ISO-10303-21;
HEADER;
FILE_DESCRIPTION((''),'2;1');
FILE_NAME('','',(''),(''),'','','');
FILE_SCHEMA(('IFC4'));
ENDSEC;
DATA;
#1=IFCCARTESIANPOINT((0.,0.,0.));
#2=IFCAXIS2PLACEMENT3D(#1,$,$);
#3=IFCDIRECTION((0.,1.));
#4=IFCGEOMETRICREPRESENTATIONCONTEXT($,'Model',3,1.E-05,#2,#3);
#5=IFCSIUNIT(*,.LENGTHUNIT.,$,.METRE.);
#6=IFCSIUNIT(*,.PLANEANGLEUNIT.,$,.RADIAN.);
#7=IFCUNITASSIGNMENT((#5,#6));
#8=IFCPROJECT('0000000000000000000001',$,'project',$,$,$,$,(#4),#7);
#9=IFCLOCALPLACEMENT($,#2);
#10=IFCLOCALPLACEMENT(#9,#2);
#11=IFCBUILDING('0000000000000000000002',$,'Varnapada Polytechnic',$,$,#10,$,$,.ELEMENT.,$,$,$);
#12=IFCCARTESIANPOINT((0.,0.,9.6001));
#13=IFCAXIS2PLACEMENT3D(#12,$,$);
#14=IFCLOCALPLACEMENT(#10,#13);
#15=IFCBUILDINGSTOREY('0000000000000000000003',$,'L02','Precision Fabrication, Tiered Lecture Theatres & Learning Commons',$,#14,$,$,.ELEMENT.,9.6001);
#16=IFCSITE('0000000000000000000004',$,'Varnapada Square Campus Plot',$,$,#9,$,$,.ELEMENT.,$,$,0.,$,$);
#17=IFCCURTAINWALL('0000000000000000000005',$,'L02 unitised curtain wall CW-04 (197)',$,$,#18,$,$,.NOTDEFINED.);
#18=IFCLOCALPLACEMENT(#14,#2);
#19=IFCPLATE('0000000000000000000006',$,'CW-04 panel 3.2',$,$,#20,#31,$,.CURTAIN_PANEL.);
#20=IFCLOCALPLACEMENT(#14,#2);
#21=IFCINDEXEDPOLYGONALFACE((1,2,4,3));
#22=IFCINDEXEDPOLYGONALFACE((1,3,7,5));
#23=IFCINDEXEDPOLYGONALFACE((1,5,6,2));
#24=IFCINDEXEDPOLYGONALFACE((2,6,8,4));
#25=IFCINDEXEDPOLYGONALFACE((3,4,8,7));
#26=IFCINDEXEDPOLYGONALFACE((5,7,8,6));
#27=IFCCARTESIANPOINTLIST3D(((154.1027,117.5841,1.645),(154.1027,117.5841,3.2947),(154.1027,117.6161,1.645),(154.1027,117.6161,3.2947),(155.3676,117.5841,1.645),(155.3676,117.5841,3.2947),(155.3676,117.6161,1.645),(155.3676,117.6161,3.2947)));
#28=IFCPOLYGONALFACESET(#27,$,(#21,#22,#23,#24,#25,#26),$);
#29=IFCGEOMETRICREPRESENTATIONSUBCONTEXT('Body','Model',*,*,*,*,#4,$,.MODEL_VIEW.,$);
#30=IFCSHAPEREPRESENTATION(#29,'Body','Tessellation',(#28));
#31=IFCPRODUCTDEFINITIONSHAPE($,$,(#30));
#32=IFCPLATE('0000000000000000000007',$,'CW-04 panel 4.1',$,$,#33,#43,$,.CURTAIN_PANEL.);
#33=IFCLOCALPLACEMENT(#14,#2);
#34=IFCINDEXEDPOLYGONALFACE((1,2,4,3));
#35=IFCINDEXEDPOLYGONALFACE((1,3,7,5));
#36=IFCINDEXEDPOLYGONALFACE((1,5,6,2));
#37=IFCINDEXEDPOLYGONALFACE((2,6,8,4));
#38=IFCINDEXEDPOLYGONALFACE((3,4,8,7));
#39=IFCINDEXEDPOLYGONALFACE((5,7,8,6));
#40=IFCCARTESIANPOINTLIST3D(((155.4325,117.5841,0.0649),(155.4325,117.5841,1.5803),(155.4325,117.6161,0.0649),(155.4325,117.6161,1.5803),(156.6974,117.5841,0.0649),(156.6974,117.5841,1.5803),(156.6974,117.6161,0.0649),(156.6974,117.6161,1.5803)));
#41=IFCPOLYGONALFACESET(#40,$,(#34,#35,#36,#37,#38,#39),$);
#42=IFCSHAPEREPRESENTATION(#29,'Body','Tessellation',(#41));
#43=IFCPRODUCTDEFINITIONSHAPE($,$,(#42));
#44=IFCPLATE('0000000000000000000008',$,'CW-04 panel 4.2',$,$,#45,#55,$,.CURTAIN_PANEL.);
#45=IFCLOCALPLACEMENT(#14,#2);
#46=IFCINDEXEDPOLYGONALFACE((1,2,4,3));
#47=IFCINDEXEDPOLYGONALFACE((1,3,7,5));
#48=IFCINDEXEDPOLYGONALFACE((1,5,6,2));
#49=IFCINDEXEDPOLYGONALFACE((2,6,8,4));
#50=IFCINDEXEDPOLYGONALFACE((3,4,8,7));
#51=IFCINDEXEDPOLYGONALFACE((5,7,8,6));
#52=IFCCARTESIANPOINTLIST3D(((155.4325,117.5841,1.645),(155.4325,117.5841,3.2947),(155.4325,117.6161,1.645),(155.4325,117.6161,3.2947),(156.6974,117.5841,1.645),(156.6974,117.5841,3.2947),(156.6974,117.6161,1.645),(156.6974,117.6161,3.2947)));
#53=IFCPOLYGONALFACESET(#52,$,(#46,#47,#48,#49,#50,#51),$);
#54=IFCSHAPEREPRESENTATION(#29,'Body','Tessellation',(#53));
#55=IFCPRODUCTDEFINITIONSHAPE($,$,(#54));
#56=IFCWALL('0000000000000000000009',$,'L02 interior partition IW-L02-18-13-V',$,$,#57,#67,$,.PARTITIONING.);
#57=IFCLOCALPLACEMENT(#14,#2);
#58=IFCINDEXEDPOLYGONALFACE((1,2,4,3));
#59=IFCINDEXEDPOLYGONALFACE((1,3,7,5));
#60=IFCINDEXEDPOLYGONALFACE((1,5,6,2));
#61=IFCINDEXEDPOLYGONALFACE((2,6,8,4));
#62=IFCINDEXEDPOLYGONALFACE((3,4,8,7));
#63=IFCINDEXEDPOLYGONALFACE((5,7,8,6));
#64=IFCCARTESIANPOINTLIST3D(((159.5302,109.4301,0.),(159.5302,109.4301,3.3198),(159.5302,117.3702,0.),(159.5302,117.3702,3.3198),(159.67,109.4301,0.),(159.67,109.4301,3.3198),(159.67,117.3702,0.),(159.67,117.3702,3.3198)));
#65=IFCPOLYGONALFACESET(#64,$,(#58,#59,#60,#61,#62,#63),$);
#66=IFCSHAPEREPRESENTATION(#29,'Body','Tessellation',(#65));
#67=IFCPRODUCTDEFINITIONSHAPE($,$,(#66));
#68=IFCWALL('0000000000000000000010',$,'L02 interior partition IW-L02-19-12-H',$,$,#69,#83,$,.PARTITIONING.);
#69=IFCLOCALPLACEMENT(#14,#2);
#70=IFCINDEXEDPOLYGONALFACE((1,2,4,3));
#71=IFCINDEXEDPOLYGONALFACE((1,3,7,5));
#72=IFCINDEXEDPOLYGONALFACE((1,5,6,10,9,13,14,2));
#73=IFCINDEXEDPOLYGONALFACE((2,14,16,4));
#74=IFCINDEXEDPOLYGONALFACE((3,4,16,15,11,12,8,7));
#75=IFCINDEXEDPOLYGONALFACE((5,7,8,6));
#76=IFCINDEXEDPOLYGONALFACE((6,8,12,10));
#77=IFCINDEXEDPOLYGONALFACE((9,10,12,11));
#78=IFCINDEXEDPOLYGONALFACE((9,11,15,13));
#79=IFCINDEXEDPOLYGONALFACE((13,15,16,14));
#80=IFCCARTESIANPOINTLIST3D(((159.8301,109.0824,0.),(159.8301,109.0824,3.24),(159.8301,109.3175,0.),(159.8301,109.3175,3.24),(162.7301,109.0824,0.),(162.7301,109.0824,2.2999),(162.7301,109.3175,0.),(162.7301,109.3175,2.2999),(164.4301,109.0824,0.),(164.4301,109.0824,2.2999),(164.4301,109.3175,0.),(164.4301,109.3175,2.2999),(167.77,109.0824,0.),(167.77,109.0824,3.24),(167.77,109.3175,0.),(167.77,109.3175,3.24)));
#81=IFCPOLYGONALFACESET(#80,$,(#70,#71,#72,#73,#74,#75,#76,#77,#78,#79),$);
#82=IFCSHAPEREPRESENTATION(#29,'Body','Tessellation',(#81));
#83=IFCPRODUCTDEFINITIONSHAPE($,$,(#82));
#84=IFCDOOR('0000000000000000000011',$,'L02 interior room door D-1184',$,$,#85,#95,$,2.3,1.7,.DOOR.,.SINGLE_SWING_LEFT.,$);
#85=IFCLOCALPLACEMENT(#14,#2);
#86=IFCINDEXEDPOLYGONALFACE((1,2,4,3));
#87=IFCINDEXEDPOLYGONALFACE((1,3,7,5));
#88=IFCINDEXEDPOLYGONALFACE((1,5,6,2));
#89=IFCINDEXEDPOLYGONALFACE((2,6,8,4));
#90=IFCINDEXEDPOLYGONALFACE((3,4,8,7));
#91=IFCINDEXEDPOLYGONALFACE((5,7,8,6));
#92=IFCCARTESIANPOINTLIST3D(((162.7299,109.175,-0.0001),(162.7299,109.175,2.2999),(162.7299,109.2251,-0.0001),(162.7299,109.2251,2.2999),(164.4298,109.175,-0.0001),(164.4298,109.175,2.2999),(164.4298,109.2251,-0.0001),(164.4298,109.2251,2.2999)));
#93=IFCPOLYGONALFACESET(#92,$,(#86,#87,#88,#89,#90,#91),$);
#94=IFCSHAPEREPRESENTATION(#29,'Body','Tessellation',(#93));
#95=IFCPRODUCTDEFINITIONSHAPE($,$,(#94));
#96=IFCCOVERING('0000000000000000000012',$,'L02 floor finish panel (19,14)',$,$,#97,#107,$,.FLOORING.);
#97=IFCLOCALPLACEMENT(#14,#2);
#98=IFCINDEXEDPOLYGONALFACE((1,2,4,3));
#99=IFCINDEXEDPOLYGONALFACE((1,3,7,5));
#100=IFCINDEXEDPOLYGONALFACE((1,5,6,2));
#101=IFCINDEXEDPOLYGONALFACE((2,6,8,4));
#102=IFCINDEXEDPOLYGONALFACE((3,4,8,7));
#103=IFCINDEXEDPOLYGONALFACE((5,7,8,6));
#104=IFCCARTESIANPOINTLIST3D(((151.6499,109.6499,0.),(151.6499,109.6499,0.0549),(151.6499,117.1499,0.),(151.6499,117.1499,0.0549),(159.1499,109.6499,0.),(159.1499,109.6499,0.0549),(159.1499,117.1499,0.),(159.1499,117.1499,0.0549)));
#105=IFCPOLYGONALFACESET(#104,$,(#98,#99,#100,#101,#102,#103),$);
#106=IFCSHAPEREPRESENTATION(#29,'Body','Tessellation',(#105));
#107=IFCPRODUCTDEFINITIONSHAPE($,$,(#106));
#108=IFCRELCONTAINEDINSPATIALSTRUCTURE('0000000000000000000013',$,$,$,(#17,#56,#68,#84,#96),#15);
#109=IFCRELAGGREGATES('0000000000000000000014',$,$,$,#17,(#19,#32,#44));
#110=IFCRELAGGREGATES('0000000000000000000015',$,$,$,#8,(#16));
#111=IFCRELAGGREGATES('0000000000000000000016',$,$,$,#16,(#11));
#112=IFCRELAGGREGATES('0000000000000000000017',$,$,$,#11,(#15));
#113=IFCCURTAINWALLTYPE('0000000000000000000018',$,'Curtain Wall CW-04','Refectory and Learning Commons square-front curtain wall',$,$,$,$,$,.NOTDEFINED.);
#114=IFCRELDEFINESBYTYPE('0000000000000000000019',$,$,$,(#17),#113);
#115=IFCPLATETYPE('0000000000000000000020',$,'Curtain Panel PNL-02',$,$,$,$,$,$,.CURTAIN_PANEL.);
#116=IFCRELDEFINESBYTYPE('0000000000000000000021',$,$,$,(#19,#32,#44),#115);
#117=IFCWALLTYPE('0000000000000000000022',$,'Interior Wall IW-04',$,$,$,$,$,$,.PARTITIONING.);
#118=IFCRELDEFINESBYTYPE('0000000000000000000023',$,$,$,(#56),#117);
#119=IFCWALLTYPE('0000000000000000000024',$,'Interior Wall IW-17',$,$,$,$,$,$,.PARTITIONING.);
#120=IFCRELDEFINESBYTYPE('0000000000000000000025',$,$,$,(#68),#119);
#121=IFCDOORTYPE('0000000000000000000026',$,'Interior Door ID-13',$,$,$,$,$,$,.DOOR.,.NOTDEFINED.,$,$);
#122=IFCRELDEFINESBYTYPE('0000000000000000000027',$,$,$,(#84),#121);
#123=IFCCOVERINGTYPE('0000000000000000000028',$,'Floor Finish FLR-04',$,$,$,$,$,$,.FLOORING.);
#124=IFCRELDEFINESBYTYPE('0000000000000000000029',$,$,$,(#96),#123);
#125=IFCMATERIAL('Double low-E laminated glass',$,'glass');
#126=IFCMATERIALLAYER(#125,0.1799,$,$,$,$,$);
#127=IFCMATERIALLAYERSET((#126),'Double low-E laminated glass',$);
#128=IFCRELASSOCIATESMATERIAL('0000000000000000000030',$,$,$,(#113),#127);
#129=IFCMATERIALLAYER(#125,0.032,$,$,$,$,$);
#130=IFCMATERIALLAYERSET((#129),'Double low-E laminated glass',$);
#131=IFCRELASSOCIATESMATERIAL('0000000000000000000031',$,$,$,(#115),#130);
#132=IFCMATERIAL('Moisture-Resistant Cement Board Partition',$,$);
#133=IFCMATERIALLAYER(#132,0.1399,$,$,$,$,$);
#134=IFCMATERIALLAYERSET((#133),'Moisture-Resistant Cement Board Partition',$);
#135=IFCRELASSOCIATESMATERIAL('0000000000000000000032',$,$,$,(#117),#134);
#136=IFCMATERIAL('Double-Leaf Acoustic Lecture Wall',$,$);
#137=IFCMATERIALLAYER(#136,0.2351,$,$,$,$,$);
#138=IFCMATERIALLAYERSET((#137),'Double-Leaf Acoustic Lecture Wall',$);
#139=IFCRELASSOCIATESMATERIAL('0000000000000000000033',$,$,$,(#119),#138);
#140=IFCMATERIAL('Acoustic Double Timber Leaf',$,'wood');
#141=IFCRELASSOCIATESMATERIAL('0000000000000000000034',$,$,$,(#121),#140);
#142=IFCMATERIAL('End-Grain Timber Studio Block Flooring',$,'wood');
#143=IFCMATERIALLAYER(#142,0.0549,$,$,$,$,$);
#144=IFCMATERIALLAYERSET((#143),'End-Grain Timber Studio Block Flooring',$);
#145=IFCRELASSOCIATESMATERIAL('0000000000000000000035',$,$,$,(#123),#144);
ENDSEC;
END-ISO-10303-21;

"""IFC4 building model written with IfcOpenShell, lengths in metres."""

from ifc_helpers import new_model, si_unit, direction, frame, frame_2d, origin, origin_2d, place, context, subcontext, project, spatial, rectangle, extrude, material, layer, layer_set, type_object, element, fill, aggregate, save


model = new_model("IFC4")

# Units and contexts
model_context = context("Model", 3, precision=1e-05, world=origin(), true_north=direction((0.0, 1.0)))
body_context = subcontext(model_context, "Body", "Model", "MODEL_VIEW")
ifc_project = project(units=[si_unit("LENGTHUNIT", "METRE"), si_unit("PLANEANGLEUNIT", "RADIAN")], contexts=[model_context])

# Site, building, storey
site_placement = place(None, origin())
site = spatial("IfcSite", under=ifc_project, at=site_placement, Name="Varnapada Square Campus Plot", CompositionType="ELEMENT", RefElevation=0.0)
building_placement = place(site_placement, origin())
building = spatial("IfcBuilding", under=site, at=building_placement, Name="Varnapada Polytechnic", CompositionType="ELEMENT")
storey_placement = place(building_placement, frame((0.0, 0.0, 9.6001)))
storey = spatial("IfcBuildingStorey", under=building, at=storey_placement, Name="L02", Description="Precision Fabrication, Tiered Lecture Theatres & Learning Commons", CompositionType="ELEMENT", Elevation=9.6001)

# Curtain wall
ifc_material_1 = material(Name="Double low-E laminated glass", Category="glass")
ifc_layer_1 = layer(ifc_material_1, 0.1799)
ifc_layer_set_1 = layer_set([ifc_layer_1], Name="Double low-E laminated glass")
curtain_wall_type = type_object("IfcCurtainWallType", Name="Curtain Wall CW-04", Description="Refectory and Learning Commons square-front curtain wall", PredefinedType="NOTDEFINED", material=ifc_layer_set_1)
curtain_wall_placement = place(storey_placement, origin())
curtain_wall = element("IfcCurtainWall", 1, at=curtain_wall_placement, inside=storey, type_object=curtain_wall_type, Name="L02 unitised curtain wall CW-04 (197)", PredefinedType="NOTDEFINED")

# Plates
ifc_layer_2 = layer(ifc_material_1, 0.032)
ifc_layer_set_2 = layer_set([ifc_layer_2], Name="Double low-E laminated glass")
plate_type = type_object("IfcPlateType", Name="Curtain Panel PNL-02", PredefinedType="CURTAIN_PANEL", material=ifc_layer_set_2)
plate_1_placement = place(storey_placement, frame((154.7351, 117.6001, 1.645), z_axis=(0.0, 0.0, 1.0), x_axis=(1.0, 0.0, 0.0)))
plate_1 = element("IfcPlate", 2, at=plate_1_placement, type_object=plate_type, Name="CW-04 panel 3.2", PredefinedType="CURTAIN_PANEL", context=body_context, shape_type="SweptSolid", body=[
    extrude(rectangle(XDim=1.2649, YDim=0.032, at=origin_2d()), origin(), (0.0, 0.0, 1.0), 1.6497),
])
plate_2_placement = place(storey_placement, frame((156.0649, 117.6001, 0.0649), z_axis=(0.0, 0.0, 1.0), x_axis=(1.0, 0.0, 0.0)))
plate_2 = element("IfcPlate", 3, at=plate_2_placement, type_object=plate_type, Name="CW-04 panel 4.1", PredefinedType="CURTAIN_PANEL", context=body_context, shape_type="SweptSolid", body=[
    extrude(rectangle(XDim=1.2649, YDim=0.032, at=origin_2d()), origin(), (0.0, 0.0, 1.0), 1.5154),
])
plate_3_placement = place(storey_placement, frame((156.0649, 117.6001, 1.645), z_axis=(0.0, 0.0, 1.0), x_axis=(1.0, 0.0, 0.0)))
plate_3 = element("IfcPlate", 4, at=plate_3_placement, type_object=plate_type, Name="CW-04 panel 4.2", PredefinedType="CURTAIN_PANEL", context=body_context, shape_type="SweptSolid", body=[
    extrude(rectangle(XDim=1.2649, YDim=0.032, at=origin_2d()), origin(), (0.0, 0.0, 1.0), 1.6497),
])
aggregate(curtain_wall, [plate_1, plate_2, plate_3])

# Wall
ifc_material_2 = material(Name="Moisture-Resistant Cement Board Partition")
ifc_layer_3 = layer(ifc_material_2, 0.1399)
ifc_layer_set_3 = layer_set([ifc_layer_3], Name="Moisture-Resistant Cement Board Partition")
wall_type_1 = type_object("IfcWallType", Name="Interior Wall IW-04", PredefinedType="PARTITIONING", material=ifc_layer_set_3)
wall_1_placement = place(storey_placement, frame((159.6001, 109.4299, 0.0), z_axis=(0.0, 0.0, 1.0), x_axis=(0.0, 1.0, 0.0)))
element("IfcWall", 5, at=wall_1_placement, inside=storey, type_object=wall_type_1, Name="L02 interior partition IW-L02-18-13-V", PredefinedType="PARTITIONING", context=body_context, shape_type="SweptSolid", body=[
    extrude(rectangle(XDim=7.9402, YDim=0.1399, at=frame_2d((3.9702, 0.0))), origin(), (0.0, 0.0, 1.0), 3.3198),
])

# Wall, opening, door
ifc_material_3 = material(Name="Double-Leaf Acoustic Lecture Wall")
ifc_layer_4 = layer(ifc_material_3, 0.2351)
ifc_layer_set_4 = layer_set([ifc_layer_4], Name="Double-Leaf Acoustic Lecture Wall")
wall_type_2 = type_object("IfcWallType", Name="Interior Wall IW-17", PredefinedType="PARTITIONING", material=ifc_layer_set_4)
wall_2_placement = place(storey_placement, frame((159.8301, 109.2, 0.0), z_axis=(0.0, 0.0, 1.0), x_axis=(1.0, 0.0, 0.0)))
wall_2 = element("IfcWall", 6, at=wall_2_placement, inside=storey, type_object=wall_type_2, Name="L02 interior partition IW-L02-19-12-H", PredefinedType="PARTITIONING", context=body_context, shape_type="SweptSolid", body=[
    extrude(rectangle(XDim=7.9399, YDim=0.2351, at=frame_2d((3.97, 0.0))), origin(), (0.0, 0.0, 1.0), 3.24),
])
opening_placement = place(wall_2_placement, frame((2.8999, 0.0, 0.0)))
opening = element("IfcOpeningElement", 7, at=opening_placement, cuts=wall_2, PredefinedType="OPENING", context=body_context, shape_type="SweptSolid", body=[
    extrude(rectangle(XDim=1.7, YDim=2.3, at=frame_2d((0.8501, 1.1499))), frame((0.0, 0.1274, 0.0), z_axis=(0.0, -1.0, 0.0), x_axis=(1.0, 0.0, 0.0)), (0.0, 0.0, 1.0), 0.2551),
])
ifc_material_4 = material(Name="Acoustic Double Timber Leaf", Category="wood")
door_type = type_object("IfcDoorType", Name="Interior Door ID-13", OperationType="NOTDEFINED", PredefinedType="DOOR", material=ifc_material_4)
door_placement = place(opening_placement, frame((1.7, 0.0, 0.0), z_axis=(0.0, 0.0, 1.0), x_axis=(-1.0, 0.0, 0.0)))
door = element("IfcDoor", 8, at=door_placement, inside=storey, type_object=door_type, Name="L02 interior room door D-1184", OperationType="SINGLE_SWING_LEFT", OverallHeight=2.3, OverallWidth=1.7, PredefinedType="DOOR", context=body_context, shape_type="SweptSolid", body=[
    extrude(rectangle(XDim=1.7, YDim=2.3, at=frame_2d((0.8501, 1.1499))), frame((0.0, 0.0249, 0.0), z_axis=(0.0, -1.0, 0.0), x_axis=(1.0, 0.0, 0.0)), (0.0, 0.0, 1.0), 0.05),
])
fill(opening, door)

# Covering
ifc_material_5 = material(Name="End-Grain Timber Studio Block Flooring", Category="wood")
ifc_layer_5 = layer(ifc_material_5, 0.0549)
ifc_layer_set_5 = layer_set([ifc_layer_5], Name="End-Grain Timber Studio Block Flooring")
covering_type = type_object("IfcCoveringType", Name="Floor Finish FLR-04", PredefinedType="FLOORING", material=ifc_layer_set_5)
covering_placement = place(storey_placement, frame((155.3999, 113.3999, 0.0), z_axis=(0.0, 0.0, 1.0), x_axis=(1.0, 0.0, 0.0)))
element("IfcCovering", 9, at=covering_placement, inside=storey, type_object=covering_type, Name="L02 floor finish panel (19,14)", PredefinedType="FLOORING", context=body_context, shape_type="SweptSolid", body=[
    extrude(rectangle(XDim=7.5, YDim=7.5, at=origin_2d()), origin(), (0.0, 0.0, 1.0), 0.0549),
])

save(model, "model.ifc")
